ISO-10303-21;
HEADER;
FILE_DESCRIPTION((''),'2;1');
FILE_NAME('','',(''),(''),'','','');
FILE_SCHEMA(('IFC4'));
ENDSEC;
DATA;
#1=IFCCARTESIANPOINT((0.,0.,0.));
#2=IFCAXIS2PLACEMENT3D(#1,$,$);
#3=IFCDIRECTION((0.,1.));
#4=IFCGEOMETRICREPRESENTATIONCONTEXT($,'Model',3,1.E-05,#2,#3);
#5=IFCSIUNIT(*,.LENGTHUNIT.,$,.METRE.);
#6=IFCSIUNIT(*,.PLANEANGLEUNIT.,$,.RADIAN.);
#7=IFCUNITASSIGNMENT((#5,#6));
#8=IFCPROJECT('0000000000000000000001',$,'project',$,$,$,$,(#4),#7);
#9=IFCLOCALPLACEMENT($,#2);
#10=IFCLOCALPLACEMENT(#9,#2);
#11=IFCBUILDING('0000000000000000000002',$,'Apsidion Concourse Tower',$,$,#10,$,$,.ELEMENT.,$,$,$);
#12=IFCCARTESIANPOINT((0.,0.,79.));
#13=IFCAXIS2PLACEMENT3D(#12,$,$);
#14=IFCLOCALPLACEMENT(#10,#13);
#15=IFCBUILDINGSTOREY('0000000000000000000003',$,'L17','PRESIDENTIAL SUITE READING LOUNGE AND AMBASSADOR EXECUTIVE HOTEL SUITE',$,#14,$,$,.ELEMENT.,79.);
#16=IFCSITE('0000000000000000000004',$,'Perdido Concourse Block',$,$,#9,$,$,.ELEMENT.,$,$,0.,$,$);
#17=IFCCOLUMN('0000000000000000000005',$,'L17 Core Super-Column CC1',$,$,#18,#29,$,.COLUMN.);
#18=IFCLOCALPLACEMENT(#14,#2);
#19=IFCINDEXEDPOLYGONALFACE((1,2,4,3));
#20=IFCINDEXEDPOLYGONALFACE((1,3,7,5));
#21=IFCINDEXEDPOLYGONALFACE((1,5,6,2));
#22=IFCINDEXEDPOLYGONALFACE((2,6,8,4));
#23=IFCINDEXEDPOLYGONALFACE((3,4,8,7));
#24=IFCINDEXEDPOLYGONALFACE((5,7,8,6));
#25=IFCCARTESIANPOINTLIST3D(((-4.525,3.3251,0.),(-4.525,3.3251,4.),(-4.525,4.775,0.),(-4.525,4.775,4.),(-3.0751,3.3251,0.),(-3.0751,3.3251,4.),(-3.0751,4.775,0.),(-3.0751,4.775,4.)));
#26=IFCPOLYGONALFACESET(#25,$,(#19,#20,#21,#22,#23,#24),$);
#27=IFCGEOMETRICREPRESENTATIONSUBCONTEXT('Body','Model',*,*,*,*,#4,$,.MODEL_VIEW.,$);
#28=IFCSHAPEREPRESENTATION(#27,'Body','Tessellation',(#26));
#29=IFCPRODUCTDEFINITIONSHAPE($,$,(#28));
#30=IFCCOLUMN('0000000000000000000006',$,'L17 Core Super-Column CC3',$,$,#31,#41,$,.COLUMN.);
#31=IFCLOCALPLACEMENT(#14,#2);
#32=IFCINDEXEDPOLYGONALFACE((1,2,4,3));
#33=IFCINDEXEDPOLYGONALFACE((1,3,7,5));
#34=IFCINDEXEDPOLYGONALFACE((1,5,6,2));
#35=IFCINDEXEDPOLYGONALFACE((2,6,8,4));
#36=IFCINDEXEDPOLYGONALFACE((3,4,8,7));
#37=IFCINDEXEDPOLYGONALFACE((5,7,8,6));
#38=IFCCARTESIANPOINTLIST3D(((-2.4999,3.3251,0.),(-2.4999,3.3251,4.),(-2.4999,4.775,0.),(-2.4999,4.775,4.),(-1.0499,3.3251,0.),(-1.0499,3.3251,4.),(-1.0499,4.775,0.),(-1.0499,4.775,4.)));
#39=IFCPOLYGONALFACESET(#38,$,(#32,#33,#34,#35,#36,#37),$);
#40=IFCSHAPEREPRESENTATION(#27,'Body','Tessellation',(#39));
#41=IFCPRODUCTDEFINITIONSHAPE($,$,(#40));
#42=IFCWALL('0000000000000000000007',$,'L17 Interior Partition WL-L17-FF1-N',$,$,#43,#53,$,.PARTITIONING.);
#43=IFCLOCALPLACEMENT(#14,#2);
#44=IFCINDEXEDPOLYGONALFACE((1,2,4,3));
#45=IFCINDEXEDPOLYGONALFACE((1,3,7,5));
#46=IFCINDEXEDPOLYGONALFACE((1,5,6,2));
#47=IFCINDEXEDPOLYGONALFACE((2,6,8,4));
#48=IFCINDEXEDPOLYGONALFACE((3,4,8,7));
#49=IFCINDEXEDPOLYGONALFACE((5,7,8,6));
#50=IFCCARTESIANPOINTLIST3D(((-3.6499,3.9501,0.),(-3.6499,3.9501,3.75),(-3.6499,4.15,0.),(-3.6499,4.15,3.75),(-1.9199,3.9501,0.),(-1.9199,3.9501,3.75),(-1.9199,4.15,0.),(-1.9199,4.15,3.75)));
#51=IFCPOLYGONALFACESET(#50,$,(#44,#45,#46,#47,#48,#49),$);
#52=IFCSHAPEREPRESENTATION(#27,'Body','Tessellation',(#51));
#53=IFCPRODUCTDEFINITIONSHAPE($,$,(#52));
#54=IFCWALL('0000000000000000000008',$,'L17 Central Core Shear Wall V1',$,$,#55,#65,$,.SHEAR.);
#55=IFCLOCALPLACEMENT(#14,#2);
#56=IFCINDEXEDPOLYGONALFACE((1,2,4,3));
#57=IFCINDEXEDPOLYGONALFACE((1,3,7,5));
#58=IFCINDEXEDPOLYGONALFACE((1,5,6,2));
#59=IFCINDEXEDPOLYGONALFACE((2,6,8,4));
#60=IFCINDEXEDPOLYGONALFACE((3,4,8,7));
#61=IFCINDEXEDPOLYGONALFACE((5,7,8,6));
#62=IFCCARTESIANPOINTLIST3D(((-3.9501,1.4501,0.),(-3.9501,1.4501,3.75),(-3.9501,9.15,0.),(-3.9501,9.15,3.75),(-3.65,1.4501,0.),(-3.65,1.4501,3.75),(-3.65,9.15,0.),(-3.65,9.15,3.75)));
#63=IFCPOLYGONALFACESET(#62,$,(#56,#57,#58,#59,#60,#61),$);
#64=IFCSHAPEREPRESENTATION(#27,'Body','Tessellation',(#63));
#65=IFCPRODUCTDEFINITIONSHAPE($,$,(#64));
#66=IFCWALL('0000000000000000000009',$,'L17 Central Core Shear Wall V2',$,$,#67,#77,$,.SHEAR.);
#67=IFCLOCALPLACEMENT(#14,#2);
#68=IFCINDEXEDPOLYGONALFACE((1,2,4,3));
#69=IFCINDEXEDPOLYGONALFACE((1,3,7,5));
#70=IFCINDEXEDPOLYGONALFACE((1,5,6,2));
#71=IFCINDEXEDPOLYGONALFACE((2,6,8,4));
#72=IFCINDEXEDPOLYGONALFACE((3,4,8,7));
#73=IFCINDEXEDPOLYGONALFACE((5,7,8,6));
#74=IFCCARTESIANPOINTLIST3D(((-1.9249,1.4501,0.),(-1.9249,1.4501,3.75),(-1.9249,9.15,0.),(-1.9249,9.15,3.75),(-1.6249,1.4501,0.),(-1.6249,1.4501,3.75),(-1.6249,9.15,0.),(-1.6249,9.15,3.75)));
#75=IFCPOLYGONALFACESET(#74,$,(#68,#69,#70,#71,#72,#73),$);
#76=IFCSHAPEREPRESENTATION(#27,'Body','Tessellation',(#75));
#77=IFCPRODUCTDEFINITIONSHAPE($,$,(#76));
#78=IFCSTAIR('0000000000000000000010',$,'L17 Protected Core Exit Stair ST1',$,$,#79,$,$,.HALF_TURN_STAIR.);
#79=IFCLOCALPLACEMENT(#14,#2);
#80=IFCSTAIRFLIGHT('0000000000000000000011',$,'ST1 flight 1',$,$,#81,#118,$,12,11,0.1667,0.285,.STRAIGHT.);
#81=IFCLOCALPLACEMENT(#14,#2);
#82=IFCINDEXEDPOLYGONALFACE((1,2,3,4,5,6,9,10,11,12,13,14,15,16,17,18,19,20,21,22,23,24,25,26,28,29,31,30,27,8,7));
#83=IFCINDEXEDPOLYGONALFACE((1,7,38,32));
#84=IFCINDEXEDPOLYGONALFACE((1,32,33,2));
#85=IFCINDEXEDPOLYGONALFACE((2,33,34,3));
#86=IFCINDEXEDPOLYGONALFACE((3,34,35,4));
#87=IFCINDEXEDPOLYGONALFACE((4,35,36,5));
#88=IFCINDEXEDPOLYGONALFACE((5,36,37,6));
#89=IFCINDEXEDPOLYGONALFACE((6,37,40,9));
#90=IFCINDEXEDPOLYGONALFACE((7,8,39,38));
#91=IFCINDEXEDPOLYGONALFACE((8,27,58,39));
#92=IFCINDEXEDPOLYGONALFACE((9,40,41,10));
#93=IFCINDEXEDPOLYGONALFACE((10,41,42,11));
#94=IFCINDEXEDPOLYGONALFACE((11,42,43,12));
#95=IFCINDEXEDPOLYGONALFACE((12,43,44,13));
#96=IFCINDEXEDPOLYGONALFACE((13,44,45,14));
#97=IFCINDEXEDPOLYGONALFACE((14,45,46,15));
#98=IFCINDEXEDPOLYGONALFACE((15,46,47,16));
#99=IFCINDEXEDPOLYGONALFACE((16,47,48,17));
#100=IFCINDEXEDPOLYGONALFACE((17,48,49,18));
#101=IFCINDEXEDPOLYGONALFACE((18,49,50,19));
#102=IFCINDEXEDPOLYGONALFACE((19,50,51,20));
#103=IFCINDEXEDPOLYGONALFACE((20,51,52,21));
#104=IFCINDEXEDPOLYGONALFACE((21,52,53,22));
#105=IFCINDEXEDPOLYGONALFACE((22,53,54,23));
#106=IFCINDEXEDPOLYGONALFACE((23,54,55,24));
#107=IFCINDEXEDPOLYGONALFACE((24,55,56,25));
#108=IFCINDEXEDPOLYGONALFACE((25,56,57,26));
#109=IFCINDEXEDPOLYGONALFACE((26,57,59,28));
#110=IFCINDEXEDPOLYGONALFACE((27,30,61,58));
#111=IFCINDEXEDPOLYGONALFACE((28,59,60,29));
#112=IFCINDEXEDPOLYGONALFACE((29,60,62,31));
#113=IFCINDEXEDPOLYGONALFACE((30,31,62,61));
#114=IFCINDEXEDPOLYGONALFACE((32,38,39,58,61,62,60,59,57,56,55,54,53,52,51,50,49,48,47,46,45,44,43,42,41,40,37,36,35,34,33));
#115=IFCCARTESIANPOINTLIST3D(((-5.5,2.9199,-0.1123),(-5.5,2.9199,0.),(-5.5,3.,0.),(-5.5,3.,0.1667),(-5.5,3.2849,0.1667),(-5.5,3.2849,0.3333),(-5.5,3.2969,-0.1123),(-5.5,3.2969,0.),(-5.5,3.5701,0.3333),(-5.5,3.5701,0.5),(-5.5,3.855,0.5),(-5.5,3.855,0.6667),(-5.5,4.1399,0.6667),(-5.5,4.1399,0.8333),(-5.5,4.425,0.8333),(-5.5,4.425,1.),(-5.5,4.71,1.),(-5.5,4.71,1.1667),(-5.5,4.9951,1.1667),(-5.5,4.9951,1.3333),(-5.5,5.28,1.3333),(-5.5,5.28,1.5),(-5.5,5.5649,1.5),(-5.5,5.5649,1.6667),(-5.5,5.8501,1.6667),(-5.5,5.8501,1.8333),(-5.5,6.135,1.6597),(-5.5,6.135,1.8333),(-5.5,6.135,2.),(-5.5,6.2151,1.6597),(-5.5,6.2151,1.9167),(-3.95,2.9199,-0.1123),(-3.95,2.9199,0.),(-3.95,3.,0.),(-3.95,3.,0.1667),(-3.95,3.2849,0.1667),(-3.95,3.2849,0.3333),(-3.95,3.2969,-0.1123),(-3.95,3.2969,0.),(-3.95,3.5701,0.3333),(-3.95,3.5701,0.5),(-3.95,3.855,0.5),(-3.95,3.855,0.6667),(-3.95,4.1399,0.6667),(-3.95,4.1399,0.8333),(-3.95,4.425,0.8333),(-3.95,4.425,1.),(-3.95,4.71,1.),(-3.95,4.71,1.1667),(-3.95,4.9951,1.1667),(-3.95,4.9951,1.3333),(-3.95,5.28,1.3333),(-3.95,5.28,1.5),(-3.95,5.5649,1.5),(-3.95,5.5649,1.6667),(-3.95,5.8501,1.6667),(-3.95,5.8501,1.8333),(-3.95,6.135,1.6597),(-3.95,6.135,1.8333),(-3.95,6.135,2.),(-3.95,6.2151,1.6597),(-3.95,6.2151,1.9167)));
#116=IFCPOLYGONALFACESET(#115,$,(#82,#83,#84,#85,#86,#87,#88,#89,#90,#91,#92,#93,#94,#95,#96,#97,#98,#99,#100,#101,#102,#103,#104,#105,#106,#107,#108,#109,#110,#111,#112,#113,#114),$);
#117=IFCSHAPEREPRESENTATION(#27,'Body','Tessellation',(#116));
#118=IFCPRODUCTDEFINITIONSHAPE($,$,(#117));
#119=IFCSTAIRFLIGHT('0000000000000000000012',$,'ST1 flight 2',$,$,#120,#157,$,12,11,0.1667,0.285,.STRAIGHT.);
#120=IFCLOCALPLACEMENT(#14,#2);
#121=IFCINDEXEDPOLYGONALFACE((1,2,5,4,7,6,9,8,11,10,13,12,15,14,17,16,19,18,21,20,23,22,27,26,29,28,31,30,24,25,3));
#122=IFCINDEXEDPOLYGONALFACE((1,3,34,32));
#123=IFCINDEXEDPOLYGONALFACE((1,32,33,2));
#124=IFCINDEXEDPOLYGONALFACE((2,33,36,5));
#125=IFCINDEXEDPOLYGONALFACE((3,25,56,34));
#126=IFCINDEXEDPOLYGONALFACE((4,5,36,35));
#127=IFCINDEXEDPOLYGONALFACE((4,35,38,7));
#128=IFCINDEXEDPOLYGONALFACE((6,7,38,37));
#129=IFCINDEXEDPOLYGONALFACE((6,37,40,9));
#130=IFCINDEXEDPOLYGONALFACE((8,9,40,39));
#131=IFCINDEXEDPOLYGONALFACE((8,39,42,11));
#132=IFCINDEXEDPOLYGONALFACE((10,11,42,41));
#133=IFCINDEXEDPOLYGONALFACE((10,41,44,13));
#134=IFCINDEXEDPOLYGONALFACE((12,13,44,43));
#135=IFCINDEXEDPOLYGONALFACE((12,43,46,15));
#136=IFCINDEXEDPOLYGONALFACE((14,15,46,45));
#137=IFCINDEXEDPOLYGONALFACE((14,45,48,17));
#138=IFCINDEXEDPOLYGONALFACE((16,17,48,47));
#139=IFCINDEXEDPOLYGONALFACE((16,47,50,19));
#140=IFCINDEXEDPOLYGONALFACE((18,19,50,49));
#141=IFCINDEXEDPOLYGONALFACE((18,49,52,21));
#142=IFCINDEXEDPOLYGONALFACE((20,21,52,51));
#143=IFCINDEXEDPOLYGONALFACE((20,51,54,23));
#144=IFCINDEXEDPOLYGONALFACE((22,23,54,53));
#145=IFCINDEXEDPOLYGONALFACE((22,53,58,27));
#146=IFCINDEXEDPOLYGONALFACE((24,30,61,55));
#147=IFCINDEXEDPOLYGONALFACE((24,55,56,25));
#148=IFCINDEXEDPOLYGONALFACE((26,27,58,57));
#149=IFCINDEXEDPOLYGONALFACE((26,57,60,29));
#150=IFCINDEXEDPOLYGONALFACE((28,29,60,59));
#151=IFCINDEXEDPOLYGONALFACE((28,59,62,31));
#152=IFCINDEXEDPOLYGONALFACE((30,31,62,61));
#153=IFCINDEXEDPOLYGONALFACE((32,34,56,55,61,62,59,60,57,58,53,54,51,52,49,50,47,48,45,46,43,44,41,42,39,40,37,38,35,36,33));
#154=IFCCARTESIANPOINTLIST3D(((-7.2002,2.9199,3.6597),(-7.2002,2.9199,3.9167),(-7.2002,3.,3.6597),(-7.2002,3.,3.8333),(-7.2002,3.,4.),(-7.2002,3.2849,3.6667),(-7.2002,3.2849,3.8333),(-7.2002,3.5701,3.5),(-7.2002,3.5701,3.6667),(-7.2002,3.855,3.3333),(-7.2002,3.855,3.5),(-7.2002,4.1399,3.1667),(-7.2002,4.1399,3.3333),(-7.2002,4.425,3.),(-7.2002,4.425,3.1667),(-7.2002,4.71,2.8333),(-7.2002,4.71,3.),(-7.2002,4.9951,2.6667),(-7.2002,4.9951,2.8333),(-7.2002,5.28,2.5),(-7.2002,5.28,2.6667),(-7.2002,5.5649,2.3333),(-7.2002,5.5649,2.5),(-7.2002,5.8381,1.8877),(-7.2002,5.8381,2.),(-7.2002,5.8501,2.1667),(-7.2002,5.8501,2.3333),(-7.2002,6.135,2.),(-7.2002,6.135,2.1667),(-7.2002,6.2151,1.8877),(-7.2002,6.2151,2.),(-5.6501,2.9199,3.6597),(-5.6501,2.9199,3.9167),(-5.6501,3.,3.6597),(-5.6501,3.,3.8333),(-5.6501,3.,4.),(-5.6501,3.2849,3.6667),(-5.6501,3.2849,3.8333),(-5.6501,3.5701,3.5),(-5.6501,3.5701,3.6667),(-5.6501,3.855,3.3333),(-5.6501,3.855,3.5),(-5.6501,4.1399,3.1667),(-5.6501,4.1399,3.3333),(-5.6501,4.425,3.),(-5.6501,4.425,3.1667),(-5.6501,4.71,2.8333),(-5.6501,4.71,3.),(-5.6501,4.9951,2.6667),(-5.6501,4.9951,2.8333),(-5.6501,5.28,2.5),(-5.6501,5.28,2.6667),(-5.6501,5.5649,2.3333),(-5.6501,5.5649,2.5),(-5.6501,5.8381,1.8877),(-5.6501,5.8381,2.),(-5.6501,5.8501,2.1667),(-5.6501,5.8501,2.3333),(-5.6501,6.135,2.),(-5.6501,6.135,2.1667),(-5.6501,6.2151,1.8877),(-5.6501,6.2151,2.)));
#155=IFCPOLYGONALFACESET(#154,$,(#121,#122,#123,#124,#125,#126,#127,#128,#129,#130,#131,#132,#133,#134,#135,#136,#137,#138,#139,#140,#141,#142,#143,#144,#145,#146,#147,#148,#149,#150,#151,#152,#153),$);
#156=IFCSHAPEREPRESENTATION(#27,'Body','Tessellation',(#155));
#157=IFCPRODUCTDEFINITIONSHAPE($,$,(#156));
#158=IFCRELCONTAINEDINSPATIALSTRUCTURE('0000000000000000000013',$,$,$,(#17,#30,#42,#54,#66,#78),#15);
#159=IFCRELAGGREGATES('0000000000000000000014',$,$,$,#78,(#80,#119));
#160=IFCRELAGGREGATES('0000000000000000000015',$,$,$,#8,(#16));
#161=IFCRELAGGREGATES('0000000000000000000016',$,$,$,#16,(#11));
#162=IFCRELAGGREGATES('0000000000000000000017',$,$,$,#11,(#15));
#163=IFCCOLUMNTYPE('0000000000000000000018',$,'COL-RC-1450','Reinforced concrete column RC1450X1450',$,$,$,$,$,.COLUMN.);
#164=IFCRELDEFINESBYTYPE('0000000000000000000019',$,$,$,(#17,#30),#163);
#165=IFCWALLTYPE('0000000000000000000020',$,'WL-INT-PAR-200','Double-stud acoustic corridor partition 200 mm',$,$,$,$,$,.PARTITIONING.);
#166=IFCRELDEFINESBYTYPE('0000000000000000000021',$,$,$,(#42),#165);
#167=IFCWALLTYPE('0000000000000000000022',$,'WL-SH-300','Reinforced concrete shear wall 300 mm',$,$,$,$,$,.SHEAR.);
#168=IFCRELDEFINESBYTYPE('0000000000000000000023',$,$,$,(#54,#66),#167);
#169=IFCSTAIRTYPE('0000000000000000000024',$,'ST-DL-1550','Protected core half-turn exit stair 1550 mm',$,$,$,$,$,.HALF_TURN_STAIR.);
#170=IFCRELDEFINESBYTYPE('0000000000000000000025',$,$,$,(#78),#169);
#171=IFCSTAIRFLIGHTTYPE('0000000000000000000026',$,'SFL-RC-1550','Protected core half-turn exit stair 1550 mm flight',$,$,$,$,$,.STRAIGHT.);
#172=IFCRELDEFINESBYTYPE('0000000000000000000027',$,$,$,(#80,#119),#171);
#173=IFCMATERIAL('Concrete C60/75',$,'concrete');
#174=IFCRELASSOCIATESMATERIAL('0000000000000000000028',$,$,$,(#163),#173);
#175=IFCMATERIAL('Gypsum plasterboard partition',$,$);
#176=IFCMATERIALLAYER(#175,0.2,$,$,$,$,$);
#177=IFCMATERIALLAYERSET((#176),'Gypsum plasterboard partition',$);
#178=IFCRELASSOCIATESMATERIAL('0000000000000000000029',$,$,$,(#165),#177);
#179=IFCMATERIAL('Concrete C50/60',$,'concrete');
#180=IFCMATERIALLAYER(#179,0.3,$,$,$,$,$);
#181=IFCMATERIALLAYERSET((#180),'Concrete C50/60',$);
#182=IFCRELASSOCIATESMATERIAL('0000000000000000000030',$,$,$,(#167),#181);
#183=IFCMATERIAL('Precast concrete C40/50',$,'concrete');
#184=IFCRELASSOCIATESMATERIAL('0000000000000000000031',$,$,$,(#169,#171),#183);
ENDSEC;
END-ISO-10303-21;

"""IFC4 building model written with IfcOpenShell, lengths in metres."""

from ifc_helpers import new_model, si_unit, direction, frame, frame_2d, origin, origin_2d, place, context, subcontext, project, spatial, polyline, rectangle, outline, extrude, material, layer, layer_set, material_profile, profile_set, type_object, element, aggregate, save


model = new_model("IFC4")

# Units and contexts
model_context = context("Model", 3, precision=1e-05, world=origin(), true_north=direction((0.0, 1.0)))
body_context = subcontext(model_context, "Body", "Model", "MODEL_VIEW")
ifc_project = project(units=[si_unit("LENGTHUNIT", "METRE"), si_unit("PLANEANGLEUNIT", "RADIAN")], contexts=[model_context])

# Site, building, storey
site_placement = place(None, origin())
site = spatial("IfcSite", under=ifc_project, at=site_placement, Name="Perdido Concourse Block", CompositionType="ELEMENT", RefElevation=0.0)
building_placement = place(site_placement, origin())
building = spatial("IfcBuilding", under=site, at=building_placement, Name="Apsidion Concourse Tower", CompositionType="ELEMENT")
storey_placement = place(building_placement, frame((0.0, 0.0, 79.0)))
storey = spatial("IfcBuildingStorey", under=building, at=storey_placement, Name="L17", Description="PRESIDENTIAL SUITE READING LOUNGE AND AMBASSADOR EXECUTIVE HOTEL SUITE", CompositionType="ELEMENT", Elevation=79.0)

# Columns
ifc_material_1 = material(Name="Concrete C60/75", Category="concrete")
ifc_material_profile = material_profile(ifc_material_1, rectangle(XDim=1.45, YDim=1.45, at=origin_2d()), Name="RC 1450x1450")
ifc_profile_set = profile_set([ifc_material_profile], Name="Concrete C60/75")
column_type = type_object("IfcColumnType", Name="COL-RC-1450", Description="Reinforced concrete column RC1450X1450", PredefinedType="COLUMN", material=ifc_profile_set)
for number, where, z_axis, x_axis, name in (
    (1, (-3.8, 4.05, 0.0), (0.0, 0.0, 1.0), (1.0, 0.0, 0.0), "L17 Core Super-Column CC1"),
    (2, (-1.7749, 4.05, 0.0), (0.0, 0.0, 1.0), (1.0, 0.0, 0.0), "L17 Core Super-Column CC3"),
):
    element("IfcColumn", number, at=place(storey_placement, frame(where, z_axis=z_axis, x_axis=x_axis)), inside=storey, type_object=column_type, Name=name, PredefinedType="COLUMN", context=body_context, shape_type="SweptSolid", body=[
        extrude(rectangle(XDim=1.45, YDim=1.45, at=origin_2d()), origin(), (0.0, 0.0, 1.0), 4.0),
    ])

# Wall
ifc_material_2 = material(Name="Gypsum plasterboard partition")
ifc_layer_1 = layer(ifc_material_2, 0.2)
ifc_layer_set_1 = layer_set([ifc_layer_1], Name="Gypsum plasterboard partition")
wall_type_1 = type_object("IfcWallType", Name="WL-INT-PAR-200", Description="Double-stud acoustic corridor partition 200 mm", PredefinedType="PARTITIONING", material=ifc_layer_set_1)
wall_1_placement = place(storey_placement, frame((-3.6499, 4.05, 0.0), z_axis=(0.0, 0.0, 1.0), x_axis=(1.0, 0.0, 0.0)))
element("IfcWall", 3, at=wall_1_placement, inside=storey, type_object=wall_type_1, Name="L17 Interior Partition WL-L17-FF1-N", PredefinedType="PARTITIONING", context=body_context, shape_type="SweptSolid", body=[
    extrude(rectangle(XDim=1.73, YDim=0.2, at=frame_2d((0.865, 0.0))), origin(), (0.0, 0.0, 1.0), 3.75),
])

# Walls
ifc_material_3 = material(Name="Concrete C50/60", Category="concrete")
ifc_layer_2 = layer(ifc_material_3, 0.3)
ifc_layer_set_2 = layer_set([ifc_layer_2], Name="Concrete C50/60")
wall_type_2 = type_object("IfcWallType", Name="WL-SH-300", Description="Reinforced concrete shear wall 300 mm", PredefinedType="SHEAR", material=ifc_layer_set_2)
for number, where, z_axis, x_axis, name in (
    (4, (-3.8, 1.45, 0.0), (0.0, 0.0, 1.0), (0.0, 1.0, 0.0), "L17 Central Core Shear Wall V1"),
    (5, (-1.7749, 1.45, 0.0), (0.0, 0.0, 1.0), (0.0, 1.0, 0.0), "L17 Central Core Shear Wall V2"),
):
    element("IfcWall", number, at=place(storey_placement, frame(where, z_axis=z_axis, x_axis=x_axis)), inside=storey, type_object=wall_type_2, Name=name, PredefinedType="SHEAR", context=body_context, shape_type="SweptSolid", body=[
        extrude(rectangle(XDim=7.7, YDim=0.3, at=frame_2d((3.8501, 0.0))), origin(), (0.0, 0.0, 1.0), 3.75),
    ])

# Stair, stair flights
ifc_material_4 = material(Name="Precast concrete C40/50", Category="concrete")
stair_type = type_object("IfcStairType", Name="ST-DL-1550", Description="Protected core half-turn exit stair 1550 mm", PredefinedType="HALF_TURN_STAIR", material=ifc_material_4)
stair_placement = place(storey_placement, origin())
stair = element("IfcStair", 6, at=stair_placement, inside=storey, type_object=stair_type, Name="L17 Protected Core Exit Stair ST1", PredefinedType="HALF_TURN_STAIR")
stair_flight_type = type_object("IfcStairFlightType", Name="SFL-RC-1550", Description="Protected core half-turn exit stair 1550 mm flight", PredefinedType="STRAIGHT", material=ifc_material_4)
stair_flight_1_placement = place(storey_placement, frame((-4.7251, 3.0, 0.0), z_axis=(0.0, 0.0, 1.0), x_axis=(0.0, 1.0, 0.0)))
stair_flight_1 = element("IfcStairFlight", 7, at=stair_flight_1_placement, type_object=stair_flight_type, Name="ST1 flight 1", NumberOfRisers=12, NumberOfTreads=11, PredefinedType="STRAIGHT", RiserHeight=0.1667, TreadLength=0.285, context=body_context, shape_type="SweptSolid", body=[
    extrude(outline(polyline([(-0.0801, -0.1123), (-0.0801, 0.0), (0.0, 0.0), (0.0, 0.1667), (0.2849, 0.1667), (0.2849, 0.3333), (0.5701, 0.3333), (0.5701, 0.5), (0.855, 0.5), (0.855, 0.6667), (1.1399, 0.6667), (1.1399, 0.8333), (1.425, 0.8333), (1.425, 1.0), (1.71, 1.0), (1.71, 1.1667), (1.9951, 1.1667), (1.9951, 1.3333), (2.28, 1.3333), (2.28, 1.5), (2.5649, 1.5), (2.5649, 1.6667), (2.8501, 1.6667), (2.8501, 1.8333), (3.135, 1.8333), (3.135, 2.0), (3.2151, 1.9167), (3.2151, 1.6597), (3.135, 1.6597), (0.2969, 0.0), (0.2969, -0.1123), (-0.0801, -0.1123)])), frame((0.0, 0.7749, 0.0), z_axis=(0.0, -1.0, 0.0), x_axis=(1.0, 0.0, 0.0)), (0.0, 0.0, 1.0), 1.55),
])
stair_flight_2_placement = place(storey_placement, frame((-6.425, 6.135, 2.0), z_axis=(0.0, 0.0, 1.0), x_axis=(0.0, -1.0, 0.0)))
stair_flight_2 = element("IfcStairFlight", 8, at=stair_flight_2_placement, type_object=stair_flight_type, Name="ST1 flight 2", NumberOfRisers=12, NumberOfTreads=11, PredefinedType="STRAIGHT", RiserHeight=0.1667, TreadLength=0.285, context=body_context, shape_type="SweptSolid", body=[
    extrude(outline(polyline([(-0.0801, -0.1123), (-0.0801, 0.0), (0.0, 0.0), (0.0, 0.1667), (0.2849, 0.1667), (0.2849, 0.3333), (0.5701, 0.3333), (0.5701, 0.5), (0.855, 0.5), (0.855, 0.6667), (1.1399, 0.6667), (1.1399, 0.8333), (1.425, 0.8333), (1.425, 1.0), (1.71, 1.0), (1.71, 1.1667), (1.9951, 1.1667), (1.9951, 1.3333), (2.28, 1.3333), (2.28, 1.5), (2.5649, 1.5), (2.5649, 1.6667), (2.8501, 1.6667), (2.8501, 1.8333), (3.135, 1.8333), (3.135, 2.0), (3.2151, 1.9167), (3.2151, 1.6597), (3.135, 1.6597), (0.2969, 0.0), (0.2969, -0.1123), (-0.0801, -0.1123)])), frame((0.0, 0.7749, 0.0), z_axis=(0.0, -1.0, 0.0), x_axis=(1.0, 0.0, 0.0)), (0.0, 0.0, 1.0), 1.55),
])
aggregate(stair, [stair_flight_1, stair_flight_2])

save(model, "model.ifc")
